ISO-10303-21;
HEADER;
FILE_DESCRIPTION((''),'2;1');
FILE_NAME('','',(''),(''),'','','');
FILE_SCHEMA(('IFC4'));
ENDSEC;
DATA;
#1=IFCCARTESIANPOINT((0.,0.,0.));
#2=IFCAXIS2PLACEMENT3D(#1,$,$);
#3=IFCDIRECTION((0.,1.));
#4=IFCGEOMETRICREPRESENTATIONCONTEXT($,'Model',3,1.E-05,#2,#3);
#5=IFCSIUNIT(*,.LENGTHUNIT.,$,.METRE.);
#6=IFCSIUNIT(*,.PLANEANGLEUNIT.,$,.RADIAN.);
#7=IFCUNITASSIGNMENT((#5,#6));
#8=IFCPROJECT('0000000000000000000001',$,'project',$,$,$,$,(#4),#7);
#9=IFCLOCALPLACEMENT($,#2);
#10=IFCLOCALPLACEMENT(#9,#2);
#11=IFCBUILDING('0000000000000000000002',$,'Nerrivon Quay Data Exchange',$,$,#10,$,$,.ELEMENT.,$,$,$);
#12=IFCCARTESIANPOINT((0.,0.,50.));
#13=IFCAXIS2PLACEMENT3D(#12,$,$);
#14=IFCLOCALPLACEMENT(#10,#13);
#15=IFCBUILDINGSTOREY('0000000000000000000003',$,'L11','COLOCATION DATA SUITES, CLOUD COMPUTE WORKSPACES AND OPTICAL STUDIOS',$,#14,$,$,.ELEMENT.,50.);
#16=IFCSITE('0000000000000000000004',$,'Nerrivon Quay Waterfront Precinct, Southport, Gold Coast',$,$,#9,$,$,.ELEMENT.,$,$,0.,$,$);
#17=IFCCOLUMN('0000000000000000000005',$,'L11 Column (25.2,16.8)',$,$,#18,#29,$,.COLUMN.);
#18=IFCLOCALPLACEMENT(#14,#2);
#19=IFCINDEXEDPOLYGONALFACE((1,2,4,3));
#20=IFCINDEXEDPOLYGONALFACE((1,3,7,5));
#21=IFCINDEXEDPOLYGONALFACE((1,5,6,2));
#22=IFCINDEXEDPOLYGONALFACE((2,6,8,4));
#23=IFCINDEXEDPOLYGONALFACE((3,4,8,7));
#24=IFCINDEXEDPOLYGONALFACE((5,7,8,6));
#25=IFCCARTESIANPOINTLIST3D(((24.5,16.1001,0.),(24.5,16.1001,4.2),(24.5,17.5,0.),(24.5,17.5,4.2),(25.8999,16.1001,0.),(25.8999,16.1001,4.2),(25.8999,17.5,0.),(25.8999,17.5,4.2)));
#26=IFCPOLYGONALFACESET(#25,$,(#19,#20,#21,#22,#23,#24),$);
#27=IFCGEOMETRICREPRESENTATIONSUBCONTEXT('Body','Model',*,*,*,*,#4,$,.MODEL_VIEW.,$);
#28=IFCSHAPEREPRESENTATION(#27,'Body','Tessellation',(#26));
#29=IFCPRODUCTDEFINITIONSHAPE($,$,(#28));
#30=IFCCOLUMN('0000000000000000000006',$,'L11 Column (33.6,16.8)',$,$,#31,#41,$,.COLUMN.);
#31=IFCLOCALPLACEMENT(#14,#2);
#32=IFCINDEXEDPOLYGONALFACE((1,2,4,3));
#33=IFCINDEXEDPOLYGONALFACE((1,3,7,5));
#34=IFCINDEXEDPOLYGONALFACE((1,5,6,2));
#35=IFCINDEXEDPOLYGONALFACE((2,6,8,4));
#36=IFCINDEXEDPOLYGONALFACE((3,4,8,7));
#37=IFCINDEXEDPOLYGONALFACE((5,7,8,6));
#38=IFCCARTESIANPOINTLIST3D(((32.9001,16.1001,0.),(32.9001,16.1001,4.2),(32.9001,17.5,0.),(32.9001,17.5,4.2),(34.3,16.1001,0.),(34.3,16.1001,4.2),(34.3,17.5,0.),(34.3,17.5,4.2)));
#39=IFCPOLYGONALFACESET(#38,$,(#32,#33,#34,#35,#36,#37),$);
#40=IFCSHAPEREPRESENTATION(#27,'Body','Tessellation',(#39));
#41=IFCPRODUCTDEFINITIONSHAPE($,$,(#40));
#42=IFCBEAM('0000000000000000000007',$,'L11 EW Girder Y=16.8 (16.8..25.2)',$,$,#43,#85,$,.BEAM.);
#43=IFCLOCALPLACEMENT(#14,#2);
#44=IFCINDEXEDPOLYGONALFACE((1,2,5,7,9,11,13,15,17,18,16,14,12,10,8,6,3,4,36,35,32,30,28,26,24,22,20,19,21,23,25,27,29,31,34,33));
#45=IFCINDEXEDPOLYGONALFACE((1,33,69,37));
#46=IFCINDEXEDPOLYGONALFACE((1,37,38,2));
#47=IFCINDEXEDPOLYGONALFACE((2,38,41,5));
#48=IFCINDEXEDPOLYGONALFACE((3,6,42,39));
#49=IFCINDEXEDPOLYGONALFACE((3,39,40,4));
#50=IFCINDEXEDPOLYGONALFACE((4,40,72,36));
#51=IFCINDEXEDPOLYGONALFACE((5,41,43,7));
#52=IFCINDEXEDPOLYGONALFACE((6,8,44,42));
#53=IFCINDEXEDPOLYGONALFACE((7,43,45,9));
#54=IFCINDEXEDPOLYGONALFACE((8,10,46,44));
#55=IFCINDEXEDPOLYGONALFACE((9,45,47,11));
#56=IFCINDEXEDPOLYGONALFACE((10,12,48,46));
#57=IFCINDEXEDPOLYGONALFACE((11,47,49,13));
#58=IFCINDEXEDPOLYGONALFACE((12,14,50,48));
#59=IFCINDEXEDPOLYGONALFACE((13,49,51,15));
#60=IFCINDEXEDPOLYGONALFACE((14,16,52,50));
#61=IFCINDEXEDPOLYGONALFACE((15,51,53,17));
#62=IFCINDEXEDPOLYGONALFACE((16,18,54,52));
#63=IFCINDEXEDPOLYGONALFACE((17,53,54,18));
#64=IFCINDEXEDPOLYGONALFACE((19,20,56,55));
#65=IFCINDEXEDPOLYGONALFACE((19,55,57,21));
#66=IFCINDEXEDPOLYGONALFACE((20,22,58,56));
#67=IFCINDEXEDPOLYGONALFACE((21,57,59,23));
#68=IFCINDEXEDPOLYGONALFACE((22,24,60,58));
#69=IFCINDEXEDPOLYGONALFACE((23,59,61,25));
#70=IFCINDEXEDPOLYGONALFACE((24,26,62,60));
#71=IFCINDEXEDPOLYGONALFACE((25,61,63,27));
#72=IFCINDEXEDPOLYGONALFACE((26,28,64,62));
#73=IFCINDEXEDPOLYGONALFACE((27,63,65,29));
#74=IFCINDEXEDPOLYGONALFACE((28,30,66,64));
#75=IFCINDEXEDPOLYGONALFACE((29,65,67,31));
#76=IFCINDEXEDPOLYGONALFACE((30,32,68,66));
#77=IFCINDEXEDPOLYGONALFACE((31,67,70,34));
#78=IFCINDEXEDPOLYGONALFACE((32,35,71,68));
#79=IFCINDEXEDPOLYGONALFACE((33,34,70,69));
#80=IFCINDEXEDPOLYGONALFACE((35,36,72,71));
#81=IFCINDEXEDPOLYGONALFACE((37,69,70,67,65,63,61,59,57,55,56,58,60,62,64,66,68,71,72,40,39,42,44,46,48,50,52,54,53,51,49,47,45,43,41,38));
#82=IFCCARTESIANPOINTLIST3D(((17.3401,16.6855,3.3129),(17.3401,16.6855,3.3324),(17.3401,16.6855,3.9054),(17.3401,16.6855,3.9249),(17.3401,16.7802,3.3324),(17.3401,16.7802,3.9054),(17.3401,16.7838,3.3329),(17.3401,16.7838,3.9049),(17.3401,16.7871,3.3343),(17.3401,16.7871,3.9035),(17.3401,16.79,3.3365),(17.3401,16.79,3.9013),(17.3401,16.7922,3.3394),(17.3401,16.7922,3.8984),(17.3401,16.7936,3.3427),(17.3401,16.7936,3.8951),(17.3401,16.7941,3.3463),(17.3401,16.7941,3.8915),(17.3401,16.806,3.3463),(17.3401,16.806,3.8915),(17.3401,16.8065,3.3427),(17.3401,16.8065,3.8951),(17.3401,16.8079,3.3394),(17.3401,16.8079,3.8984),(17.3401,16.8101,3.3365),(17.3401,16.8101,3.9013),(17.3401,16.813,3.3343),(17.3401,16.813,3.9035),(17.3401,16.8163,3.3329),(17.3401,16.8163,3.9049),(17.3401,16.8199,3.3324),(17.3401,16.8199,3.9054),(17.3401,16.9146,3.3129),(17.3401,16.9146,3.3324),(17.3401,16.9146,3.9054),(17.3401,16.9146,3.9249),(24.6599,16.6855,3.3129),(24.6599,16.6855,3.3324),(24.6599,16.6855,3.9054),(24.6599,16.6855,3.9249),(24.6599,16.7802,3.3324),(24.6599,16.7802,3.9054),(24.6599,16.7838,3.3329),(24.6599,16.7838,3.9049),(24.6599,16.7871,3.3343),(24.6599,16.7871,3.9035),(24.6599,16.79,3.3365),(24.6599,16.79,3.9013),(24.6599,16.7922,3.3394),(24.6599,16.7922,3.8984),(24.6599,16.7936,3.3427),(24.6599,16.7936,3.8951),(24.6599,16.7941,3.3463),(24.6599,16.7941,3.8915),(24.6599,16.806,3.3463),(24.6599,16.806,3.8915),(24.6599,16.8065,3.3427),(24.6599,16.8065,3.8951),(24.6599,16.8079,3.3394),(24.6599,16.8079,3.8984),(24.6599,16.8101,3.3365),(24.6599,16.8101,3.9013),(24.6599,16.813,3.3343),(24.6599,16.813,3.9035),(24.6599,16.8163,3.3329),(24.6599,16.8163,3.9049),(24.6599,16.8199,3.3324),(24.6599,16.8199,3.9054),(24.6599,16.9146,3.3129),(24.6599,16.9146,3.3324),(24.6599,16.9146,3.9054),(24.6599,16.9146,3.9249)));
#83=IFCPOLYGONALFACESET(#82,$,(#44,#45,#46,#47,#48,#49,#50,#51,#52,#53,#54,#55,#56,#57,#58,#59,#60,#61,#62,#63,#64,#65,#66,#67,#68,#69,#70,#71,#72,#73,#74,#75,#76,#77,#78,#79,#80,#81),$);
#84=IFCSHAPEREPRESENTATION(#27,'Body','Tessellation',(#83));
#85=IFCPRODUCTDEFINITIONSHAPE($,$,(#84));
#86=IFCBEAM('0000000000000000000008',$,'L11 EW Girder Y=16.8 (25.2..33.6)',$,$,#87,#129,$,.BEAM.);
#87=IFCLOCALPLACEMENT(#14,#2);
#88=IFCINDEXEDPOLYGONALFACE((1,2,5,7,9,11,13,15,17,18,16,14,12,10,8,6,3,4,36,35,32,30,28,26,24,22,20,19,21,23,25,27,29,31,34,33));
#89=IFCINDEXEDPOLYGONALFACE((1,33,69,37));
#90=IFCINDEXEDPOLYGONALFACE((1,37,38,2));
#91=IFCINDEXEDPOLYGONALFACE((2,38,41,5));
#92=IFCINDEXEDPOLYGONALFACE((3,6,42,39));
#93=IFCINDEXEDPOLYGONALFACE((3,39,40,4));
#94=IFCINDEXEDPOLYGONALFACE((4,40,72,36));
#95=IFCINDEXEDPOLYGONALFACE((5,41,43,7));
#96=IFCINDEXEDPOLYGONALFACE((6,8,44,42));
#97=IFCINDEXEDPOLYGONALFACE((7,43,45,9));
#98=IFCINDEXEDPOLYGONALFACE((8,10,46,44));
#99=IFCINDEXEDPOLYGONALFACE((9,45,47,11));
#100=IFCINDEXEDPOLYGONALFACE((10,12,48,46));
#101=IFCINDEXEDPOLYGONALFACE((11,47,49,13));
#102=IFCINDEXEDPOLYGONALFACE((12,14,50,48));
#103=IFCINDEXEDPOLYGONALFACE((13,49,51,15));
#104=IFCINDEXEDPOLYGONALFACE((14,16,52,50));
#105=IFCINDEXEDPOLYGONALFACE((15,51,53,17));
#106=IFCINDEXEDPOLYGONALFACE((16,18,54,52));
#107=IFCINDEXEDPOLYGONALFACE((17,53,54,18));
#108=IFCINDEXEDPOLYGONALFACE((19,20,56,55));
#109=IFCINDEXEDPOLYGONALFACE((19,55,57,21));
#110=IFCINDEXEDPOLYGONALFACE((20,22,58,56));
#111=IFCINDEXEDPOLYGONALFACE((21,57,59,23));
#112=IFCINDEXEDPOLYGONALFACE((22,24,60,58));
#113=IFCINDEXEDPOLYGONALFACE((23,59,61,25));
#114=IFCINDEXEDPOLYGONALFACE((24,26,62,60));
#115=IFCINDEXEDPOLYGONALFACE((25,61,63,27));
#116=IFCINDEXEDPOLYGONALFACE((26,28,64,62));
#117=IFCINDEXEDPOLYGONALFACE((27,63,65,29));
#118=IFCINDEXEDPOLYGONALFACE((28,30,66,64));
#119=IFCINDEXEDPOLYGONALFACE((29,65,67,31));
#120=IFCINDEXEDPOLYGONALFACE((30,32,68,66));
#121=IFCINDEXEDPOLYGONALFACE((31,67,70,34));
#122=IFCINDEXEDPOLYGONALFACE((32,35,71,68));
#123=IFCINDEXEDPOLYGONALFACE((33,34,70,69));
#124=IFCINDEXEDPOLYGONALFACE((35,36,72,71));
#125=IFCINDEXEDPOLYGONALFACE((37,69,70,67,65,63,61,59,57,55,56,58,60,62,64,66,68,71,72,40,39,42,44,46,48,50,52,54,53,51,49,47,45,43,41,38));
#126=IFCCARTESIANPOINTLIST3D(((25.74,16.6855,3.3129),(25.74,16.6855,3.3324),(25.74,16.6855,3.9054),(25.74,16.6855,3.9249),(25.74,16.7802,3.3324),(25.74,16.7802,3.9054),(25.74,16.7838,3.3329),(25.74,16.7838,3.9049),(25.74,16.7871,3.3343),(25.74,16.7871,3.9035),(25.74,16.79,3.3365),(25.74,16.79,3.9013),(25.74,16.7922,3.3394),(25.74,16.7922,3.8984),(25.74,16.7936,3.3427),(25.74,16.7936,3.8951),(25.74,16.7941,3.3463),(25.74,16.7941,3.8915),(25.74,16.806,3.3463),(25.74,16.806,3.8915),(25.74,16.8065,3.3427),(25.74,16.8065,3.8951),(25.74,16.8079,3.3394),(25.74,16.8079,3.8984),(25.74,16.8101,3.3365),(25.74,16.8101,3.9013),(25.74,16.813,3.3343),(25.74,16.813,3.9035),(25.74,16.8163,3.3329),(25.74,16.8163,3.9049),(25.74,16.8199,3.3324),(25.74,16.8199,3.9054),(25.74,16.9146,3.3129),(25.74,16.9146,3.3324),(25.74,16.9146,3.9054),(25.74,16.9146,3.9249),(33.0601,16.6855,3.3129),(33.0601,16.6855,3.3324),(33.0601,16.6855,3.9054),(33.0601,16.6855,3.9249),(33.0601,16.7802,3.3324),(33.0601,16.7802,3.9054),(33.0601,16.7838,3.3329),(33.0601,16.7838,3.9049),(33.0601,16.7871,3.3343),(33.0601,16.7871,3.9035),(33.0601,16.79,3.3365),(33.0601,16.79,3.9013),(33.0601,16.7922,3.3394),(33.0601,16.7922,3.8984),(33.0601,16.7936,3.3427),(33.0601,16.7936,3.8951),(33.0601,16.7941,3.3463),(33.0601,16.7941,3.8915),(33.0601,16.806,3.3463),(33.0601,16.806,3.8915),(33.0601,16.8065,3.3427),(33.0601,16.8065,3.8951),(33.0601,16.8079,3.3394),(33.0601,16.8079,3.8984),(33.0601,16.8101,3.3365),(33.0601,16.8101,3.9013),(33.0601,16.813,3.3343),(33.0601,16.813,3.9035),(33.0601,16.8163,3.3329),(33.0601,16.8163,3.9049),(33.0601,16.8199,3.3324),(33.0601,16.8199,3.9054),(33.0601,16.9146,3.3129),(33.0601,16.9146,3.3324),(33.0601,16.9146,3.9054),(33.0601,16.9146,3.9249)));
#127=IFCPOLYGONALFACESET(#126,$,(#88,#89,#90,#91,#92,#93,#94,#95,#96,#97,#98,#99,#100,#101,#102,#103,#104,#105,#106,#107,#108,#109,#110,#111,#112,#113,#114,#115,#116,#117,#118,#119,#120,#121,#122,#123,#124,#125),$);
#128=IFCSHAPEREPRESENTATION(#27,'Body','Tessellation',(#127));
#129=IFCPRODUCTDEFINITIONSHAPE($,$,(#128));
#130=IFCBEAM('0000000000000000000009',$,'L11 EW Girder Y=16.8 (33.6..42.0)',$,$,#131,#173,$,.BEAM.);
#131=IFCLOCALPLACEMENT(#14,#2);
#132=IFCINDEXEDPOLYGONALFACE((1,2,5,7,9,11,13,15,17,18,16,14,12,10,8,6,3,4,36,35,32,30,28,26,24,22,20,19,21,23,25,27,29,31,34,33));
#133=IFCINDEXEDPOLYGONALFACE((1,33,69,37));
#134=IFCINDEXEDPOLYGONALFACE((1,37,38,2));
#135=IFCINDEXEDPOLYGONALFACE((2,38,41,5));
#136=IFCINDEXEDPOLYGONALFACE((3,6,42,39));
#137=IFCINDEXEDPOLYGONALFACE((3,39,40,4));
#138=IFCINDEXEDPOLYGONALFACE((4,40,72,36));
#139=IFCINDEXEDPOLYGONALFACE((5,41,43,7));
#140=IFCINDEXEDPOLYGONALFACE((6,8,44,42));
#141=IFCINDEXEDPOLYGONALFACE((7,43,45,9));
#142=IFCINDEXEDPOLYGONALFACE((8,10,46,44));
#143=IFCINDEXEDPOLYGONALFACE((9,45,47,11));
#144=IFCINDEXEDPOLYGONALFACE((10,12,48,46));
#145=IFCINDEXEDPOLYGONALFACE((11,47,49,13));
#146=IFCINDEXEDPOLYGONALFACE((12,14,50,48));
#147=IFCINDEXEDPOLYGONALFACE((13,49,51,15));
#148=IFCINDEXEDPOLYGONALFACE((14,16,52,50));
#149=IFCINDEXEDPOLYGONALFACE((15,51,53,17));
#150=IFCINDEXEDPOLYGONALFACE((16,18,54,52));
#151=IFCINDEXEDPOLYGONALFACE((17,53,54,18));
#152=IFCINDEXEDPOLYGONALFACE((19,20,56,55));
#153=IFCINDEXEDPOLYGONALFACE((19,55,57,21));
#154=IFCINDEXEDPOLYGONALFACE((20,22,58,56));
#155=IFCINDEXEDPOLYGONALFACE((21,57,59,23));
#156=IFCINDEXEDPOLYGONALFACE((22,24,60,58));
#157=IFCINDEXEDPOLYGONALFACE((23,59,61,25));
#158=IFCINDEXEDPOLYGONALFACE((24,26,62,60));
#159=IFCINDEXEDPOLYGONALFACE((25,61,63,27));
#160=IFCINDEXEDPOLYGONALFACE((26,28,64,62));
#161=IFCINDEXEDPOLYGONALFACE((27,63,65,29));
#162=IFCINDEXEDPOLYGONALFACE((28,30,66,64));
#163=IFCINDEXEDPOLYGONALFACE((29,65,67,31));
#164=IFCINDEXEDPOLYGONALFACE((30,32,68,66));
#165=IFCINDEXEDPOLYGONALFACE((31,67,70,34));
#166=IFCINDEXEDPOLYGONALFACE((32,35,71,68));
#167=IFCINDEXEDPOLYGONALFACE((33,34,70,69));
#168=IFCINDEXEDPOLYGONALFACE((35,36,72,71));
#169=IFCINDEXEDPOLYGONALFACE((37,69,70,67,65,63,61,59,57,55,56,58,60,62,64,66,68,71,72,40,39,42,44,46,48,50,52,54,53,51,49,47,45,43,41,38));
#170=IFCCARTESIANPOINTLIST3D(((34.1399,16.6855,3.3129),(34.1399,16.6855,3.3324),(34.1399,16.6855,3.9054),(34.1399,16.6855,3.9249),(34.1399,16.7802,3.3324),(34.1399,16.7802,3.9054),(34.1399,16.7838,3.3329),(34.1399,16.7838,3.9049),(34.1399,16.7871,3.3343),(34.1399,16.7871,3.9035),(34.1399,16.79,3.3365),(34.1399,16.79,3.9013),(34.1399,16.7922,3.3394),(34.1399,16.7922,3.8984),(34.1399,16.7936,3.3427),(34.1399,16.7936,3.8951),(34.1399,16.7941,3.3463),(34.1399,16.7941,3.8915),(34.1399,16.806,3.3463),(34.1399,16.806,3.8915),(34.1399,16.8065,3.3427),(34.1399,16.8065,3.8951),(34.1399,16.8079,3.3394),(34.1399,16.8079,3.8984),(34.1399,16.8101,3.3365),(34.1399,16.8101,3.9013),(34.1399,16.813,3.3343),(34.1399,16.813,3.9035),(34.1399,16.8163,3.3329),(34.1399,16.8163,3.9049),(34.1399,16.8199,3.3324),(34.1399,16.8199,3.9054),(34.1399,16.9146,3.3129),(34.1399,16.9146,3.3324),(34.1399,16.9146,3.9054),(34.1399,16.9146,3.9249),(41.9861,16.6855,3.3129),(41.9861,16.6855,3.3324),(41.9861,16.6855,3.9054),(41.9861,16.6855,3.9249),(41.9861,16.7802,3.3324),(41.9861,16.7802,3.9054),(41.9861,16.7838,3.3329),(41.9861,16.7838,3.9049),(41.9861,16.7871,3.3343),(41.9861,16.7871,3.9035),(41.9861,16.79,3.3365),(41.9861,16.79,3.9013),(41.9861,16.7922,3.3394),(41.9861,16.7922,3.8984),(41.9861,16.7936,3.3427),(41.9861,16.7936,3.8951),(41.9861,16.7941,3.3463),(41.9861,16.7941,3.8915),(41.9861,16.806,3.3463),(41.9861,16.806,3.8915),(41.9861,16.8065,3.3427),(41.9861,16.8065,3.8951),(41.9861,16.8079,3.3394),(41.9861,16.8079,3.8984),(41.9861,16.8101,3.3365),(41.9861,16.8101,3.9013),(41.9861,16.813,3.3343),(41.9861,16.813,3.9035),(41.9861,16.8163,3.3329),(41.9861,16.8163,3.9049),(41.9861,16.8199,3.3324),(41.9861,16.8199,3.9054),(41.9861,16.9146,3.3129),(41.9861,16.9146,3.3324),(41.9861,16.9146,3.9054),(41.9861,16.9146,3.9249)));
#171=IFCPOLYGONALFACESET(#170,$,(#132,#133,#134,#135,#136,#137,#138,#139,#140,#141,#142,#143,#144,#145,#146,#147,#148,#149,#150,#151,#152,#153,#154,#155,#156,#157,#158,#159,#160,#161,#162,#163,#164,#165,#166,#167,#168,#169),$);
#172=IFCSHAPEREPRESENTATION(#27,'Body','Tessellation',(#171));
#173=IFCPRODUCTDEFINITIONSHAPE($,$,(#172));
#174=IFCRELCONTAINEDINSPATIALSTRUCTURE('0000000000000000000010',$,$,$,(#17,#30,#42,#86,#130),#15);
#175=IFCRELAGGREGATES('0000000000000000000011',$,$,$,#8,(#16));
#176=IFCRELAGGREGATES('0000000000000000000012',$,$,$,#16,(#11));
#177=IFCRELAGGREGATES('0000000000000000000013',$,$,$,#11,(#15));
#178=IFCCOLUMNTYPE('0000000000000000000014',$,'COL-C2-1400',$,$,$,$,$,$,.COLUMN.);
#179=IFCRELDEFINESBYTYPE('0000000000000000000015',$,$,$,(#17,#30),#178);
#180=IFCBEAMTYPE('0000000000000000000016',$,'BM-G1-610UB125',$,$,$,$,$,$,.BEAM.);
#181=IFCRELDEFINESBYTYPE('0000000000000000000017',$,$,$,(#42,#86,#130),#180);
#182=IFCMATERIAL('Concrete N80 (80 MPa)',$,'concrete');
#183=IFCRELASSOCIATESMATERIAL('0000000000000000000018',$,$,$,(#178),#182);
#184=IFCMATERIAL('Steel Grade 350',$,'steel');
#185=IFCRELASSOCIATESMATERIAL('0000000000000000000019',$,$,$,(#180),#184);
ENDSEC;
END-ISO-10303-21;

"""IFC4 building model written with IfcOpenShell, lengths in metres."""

from ifc_helpers import new_model, si_unit, direction, frame, origin, origin_2d, place, context, subcontext, project, spatial, rectangle, i_section, extrude, material, material_profile, profile_set, type_object, element, save


model = new_model("IFC4")

# Units and contexts
model_context = context("Model", 3, precision=1e-05, world=origin(), true_north=direction((0.0, 1.0)))
body_context = subcontext(model_context, "Body", "Model", "MODEL_VIEW")
ifc_project = project(units=[si_unit("LENGTHUNIT", "METRE"), si_unit("PLANEANGLEUNIT", "RADIAN")], contexts=[model_context])

# Site, building, storey
site_placement = place(None, origin())
site = spatial("IfcSite", under=ifc_project, at=site_placement, Name="Nerrivon Quay Waterfront Precinct, Southport, Gold Coast", CompositionType="ELEMENT", RefElevation=0.0)
building_placement = place(site_placement, origin())
building = spatial("IfcBuilding", under=site, at=building_placement, Name="Nerrivon Quay Data Exchange", CompositionType="ELEMENT")
storey_placement = place(building_placement, frame((0.0, 0.0, 50.0)))
storey = spatial("IfcBuildingStorey", under=building, at=storey_placement, Name="L11", Description="COLOCATION DATA SUITES, CLOUD COMPUTE WORKSPACES AND OPTICAL STUDIOS", CompositionType="ELEMENT", Elevation=50.0)

# Columns
ifc_material_1 = material(Name="Concrete N80 (80 MPa)", Category="concrete")
ifc_material_profile_1 = material_profile(ifc_material_1, rectangle(XDim=1.3999, YDim=1.3999, at=origin_2d()), Name="RC-COL-1400x1400")
ifc_profile_set_1 = profile_set([ifc_material_profile_1], Name="Concrete N80 (80 MPa)")
column_type = type_object("IfcColumnType", Name="COL-C2-1400", PredefinedType="COLUMN", material=ifc_profile_set_1)
for number, where, z_axis, x_axis, name in (
    (1, (25.2, 16.8, 0.0), (0.0, 0.0, 1.0), (1.0, 0.0, 0.0), "L11 Column (25.2,16.8)"),
    (2, (33.6001, 16.8, 0.0), (0.0, 0.0, 1.0), (1.0, 0.0, 0.0), "L11 Column (33.6,16.8)"),
):
    element("IfcColumn", number, at=place(storey_placement, frame(where, z_axis=z_axis, x_axis=x_axis)), inside=storey, type_object=column_type, Name=name, PredefinedType="COLUMN", context=body_context, shape_type="SweptSolid", body=[
        extrude(rectangle(XDim=1.3999, YDim=1.3999, at=origin_2d()), origin(), (0.0, 0.0, 1.0), 4.2),
    ])

# Beams
ifc_material_2 = material(Name="Steel Grade 350", Category="steel")
ifc_material_profile_2 = material_profile(ifc_material_2, i_section(OverallWidth=0.229, OverallDepth=0.6121, WebThickness=0.012, FlangeThickness=0.0195, FilletRadius=0.0139, at=origin_2d()), Name="610UB125")
ifc_profile_set_2 = profile_set([ifc_material_profile_2], Name="Steel Grade 350")
beam_type_1 = type_object("IfcBeamType", Name="BM-G1-610UB125", PredefinedType="BEAM", material=ifc_profile_set_2)
beam_1_placement = place(storey_placement, frame((17.3401, 16.8, 3.6189), z_axis=(1.0, 0.0, 0.0), x_axis=(0.0, 1.0, 0.0)))
element("IfcBeam", 3, at=beam_1_placement, inside=storey, type_object=beam_type_1, Name="L11 EW Girder Y=16.8 (16.8..25.2)", PredefinedType="BEAM", context=body_context, shape_type="SweptSolid", body=[
    extrude(i_section(OverallWidth=0.229, OverallDepth=0.6121, WebThickness=0.012, FlangeThickness=0.0195, FilletRadius=0.0139, at=origin_2d()), origin(), (0.0, 0.0, 1.0), 7.3198),
])
beam_2_placement = place(storey_placement, frame((25.74, 16.8, 3.6189), z_axis=(1.0, 0.0, 0.0), x_axis=(0.0, 1.0, 0.0)))
element("IfcBeam", 4, at=beam_2_placement, inside=storey, type_object=beam_type_1, Name="L11 EW Girder Y=16.8 (25.2..33.6)", PredefinedType="BEAM", context=body_context, shape_type="SweptSolid", body=[
    extrude(i_section(OverallWidth=0.229, OverallDepth=0.6121, WebThickness=0.012, FlangeThickness=0.0195, FilletRadius=0.0139, at=origin_2d()), origin(), (0.0, 0.0, 1.0), 7.3201),
])
beam_3_placement = place(storey_placement, frame((34.1399, 16.8, 3.6189), z_axis=(1.0, 0.0, 0.0), x_axis=(0.0, 1.0, 0.0)))
element("IfcBeam", 5, at=beam_3_placement, inside=storey, type_object=beam_type_1, Name="L11 EW Girder Y=16.8 (33.6..42.0)", PredefinedType="BEAM", context=body_context, shape_type="SweptSolid", body=[
    extrude(i_section(OverallWidth=0.229, OverallDepth=0.6121, WebThickness=0.012, FlangeThickness=0.0195, FilletRadius=0.0139, at=origin_2d()), origin(), (0.0, 0.0, 1.0), 7.8462),
])

save(model, "model.ifc")
